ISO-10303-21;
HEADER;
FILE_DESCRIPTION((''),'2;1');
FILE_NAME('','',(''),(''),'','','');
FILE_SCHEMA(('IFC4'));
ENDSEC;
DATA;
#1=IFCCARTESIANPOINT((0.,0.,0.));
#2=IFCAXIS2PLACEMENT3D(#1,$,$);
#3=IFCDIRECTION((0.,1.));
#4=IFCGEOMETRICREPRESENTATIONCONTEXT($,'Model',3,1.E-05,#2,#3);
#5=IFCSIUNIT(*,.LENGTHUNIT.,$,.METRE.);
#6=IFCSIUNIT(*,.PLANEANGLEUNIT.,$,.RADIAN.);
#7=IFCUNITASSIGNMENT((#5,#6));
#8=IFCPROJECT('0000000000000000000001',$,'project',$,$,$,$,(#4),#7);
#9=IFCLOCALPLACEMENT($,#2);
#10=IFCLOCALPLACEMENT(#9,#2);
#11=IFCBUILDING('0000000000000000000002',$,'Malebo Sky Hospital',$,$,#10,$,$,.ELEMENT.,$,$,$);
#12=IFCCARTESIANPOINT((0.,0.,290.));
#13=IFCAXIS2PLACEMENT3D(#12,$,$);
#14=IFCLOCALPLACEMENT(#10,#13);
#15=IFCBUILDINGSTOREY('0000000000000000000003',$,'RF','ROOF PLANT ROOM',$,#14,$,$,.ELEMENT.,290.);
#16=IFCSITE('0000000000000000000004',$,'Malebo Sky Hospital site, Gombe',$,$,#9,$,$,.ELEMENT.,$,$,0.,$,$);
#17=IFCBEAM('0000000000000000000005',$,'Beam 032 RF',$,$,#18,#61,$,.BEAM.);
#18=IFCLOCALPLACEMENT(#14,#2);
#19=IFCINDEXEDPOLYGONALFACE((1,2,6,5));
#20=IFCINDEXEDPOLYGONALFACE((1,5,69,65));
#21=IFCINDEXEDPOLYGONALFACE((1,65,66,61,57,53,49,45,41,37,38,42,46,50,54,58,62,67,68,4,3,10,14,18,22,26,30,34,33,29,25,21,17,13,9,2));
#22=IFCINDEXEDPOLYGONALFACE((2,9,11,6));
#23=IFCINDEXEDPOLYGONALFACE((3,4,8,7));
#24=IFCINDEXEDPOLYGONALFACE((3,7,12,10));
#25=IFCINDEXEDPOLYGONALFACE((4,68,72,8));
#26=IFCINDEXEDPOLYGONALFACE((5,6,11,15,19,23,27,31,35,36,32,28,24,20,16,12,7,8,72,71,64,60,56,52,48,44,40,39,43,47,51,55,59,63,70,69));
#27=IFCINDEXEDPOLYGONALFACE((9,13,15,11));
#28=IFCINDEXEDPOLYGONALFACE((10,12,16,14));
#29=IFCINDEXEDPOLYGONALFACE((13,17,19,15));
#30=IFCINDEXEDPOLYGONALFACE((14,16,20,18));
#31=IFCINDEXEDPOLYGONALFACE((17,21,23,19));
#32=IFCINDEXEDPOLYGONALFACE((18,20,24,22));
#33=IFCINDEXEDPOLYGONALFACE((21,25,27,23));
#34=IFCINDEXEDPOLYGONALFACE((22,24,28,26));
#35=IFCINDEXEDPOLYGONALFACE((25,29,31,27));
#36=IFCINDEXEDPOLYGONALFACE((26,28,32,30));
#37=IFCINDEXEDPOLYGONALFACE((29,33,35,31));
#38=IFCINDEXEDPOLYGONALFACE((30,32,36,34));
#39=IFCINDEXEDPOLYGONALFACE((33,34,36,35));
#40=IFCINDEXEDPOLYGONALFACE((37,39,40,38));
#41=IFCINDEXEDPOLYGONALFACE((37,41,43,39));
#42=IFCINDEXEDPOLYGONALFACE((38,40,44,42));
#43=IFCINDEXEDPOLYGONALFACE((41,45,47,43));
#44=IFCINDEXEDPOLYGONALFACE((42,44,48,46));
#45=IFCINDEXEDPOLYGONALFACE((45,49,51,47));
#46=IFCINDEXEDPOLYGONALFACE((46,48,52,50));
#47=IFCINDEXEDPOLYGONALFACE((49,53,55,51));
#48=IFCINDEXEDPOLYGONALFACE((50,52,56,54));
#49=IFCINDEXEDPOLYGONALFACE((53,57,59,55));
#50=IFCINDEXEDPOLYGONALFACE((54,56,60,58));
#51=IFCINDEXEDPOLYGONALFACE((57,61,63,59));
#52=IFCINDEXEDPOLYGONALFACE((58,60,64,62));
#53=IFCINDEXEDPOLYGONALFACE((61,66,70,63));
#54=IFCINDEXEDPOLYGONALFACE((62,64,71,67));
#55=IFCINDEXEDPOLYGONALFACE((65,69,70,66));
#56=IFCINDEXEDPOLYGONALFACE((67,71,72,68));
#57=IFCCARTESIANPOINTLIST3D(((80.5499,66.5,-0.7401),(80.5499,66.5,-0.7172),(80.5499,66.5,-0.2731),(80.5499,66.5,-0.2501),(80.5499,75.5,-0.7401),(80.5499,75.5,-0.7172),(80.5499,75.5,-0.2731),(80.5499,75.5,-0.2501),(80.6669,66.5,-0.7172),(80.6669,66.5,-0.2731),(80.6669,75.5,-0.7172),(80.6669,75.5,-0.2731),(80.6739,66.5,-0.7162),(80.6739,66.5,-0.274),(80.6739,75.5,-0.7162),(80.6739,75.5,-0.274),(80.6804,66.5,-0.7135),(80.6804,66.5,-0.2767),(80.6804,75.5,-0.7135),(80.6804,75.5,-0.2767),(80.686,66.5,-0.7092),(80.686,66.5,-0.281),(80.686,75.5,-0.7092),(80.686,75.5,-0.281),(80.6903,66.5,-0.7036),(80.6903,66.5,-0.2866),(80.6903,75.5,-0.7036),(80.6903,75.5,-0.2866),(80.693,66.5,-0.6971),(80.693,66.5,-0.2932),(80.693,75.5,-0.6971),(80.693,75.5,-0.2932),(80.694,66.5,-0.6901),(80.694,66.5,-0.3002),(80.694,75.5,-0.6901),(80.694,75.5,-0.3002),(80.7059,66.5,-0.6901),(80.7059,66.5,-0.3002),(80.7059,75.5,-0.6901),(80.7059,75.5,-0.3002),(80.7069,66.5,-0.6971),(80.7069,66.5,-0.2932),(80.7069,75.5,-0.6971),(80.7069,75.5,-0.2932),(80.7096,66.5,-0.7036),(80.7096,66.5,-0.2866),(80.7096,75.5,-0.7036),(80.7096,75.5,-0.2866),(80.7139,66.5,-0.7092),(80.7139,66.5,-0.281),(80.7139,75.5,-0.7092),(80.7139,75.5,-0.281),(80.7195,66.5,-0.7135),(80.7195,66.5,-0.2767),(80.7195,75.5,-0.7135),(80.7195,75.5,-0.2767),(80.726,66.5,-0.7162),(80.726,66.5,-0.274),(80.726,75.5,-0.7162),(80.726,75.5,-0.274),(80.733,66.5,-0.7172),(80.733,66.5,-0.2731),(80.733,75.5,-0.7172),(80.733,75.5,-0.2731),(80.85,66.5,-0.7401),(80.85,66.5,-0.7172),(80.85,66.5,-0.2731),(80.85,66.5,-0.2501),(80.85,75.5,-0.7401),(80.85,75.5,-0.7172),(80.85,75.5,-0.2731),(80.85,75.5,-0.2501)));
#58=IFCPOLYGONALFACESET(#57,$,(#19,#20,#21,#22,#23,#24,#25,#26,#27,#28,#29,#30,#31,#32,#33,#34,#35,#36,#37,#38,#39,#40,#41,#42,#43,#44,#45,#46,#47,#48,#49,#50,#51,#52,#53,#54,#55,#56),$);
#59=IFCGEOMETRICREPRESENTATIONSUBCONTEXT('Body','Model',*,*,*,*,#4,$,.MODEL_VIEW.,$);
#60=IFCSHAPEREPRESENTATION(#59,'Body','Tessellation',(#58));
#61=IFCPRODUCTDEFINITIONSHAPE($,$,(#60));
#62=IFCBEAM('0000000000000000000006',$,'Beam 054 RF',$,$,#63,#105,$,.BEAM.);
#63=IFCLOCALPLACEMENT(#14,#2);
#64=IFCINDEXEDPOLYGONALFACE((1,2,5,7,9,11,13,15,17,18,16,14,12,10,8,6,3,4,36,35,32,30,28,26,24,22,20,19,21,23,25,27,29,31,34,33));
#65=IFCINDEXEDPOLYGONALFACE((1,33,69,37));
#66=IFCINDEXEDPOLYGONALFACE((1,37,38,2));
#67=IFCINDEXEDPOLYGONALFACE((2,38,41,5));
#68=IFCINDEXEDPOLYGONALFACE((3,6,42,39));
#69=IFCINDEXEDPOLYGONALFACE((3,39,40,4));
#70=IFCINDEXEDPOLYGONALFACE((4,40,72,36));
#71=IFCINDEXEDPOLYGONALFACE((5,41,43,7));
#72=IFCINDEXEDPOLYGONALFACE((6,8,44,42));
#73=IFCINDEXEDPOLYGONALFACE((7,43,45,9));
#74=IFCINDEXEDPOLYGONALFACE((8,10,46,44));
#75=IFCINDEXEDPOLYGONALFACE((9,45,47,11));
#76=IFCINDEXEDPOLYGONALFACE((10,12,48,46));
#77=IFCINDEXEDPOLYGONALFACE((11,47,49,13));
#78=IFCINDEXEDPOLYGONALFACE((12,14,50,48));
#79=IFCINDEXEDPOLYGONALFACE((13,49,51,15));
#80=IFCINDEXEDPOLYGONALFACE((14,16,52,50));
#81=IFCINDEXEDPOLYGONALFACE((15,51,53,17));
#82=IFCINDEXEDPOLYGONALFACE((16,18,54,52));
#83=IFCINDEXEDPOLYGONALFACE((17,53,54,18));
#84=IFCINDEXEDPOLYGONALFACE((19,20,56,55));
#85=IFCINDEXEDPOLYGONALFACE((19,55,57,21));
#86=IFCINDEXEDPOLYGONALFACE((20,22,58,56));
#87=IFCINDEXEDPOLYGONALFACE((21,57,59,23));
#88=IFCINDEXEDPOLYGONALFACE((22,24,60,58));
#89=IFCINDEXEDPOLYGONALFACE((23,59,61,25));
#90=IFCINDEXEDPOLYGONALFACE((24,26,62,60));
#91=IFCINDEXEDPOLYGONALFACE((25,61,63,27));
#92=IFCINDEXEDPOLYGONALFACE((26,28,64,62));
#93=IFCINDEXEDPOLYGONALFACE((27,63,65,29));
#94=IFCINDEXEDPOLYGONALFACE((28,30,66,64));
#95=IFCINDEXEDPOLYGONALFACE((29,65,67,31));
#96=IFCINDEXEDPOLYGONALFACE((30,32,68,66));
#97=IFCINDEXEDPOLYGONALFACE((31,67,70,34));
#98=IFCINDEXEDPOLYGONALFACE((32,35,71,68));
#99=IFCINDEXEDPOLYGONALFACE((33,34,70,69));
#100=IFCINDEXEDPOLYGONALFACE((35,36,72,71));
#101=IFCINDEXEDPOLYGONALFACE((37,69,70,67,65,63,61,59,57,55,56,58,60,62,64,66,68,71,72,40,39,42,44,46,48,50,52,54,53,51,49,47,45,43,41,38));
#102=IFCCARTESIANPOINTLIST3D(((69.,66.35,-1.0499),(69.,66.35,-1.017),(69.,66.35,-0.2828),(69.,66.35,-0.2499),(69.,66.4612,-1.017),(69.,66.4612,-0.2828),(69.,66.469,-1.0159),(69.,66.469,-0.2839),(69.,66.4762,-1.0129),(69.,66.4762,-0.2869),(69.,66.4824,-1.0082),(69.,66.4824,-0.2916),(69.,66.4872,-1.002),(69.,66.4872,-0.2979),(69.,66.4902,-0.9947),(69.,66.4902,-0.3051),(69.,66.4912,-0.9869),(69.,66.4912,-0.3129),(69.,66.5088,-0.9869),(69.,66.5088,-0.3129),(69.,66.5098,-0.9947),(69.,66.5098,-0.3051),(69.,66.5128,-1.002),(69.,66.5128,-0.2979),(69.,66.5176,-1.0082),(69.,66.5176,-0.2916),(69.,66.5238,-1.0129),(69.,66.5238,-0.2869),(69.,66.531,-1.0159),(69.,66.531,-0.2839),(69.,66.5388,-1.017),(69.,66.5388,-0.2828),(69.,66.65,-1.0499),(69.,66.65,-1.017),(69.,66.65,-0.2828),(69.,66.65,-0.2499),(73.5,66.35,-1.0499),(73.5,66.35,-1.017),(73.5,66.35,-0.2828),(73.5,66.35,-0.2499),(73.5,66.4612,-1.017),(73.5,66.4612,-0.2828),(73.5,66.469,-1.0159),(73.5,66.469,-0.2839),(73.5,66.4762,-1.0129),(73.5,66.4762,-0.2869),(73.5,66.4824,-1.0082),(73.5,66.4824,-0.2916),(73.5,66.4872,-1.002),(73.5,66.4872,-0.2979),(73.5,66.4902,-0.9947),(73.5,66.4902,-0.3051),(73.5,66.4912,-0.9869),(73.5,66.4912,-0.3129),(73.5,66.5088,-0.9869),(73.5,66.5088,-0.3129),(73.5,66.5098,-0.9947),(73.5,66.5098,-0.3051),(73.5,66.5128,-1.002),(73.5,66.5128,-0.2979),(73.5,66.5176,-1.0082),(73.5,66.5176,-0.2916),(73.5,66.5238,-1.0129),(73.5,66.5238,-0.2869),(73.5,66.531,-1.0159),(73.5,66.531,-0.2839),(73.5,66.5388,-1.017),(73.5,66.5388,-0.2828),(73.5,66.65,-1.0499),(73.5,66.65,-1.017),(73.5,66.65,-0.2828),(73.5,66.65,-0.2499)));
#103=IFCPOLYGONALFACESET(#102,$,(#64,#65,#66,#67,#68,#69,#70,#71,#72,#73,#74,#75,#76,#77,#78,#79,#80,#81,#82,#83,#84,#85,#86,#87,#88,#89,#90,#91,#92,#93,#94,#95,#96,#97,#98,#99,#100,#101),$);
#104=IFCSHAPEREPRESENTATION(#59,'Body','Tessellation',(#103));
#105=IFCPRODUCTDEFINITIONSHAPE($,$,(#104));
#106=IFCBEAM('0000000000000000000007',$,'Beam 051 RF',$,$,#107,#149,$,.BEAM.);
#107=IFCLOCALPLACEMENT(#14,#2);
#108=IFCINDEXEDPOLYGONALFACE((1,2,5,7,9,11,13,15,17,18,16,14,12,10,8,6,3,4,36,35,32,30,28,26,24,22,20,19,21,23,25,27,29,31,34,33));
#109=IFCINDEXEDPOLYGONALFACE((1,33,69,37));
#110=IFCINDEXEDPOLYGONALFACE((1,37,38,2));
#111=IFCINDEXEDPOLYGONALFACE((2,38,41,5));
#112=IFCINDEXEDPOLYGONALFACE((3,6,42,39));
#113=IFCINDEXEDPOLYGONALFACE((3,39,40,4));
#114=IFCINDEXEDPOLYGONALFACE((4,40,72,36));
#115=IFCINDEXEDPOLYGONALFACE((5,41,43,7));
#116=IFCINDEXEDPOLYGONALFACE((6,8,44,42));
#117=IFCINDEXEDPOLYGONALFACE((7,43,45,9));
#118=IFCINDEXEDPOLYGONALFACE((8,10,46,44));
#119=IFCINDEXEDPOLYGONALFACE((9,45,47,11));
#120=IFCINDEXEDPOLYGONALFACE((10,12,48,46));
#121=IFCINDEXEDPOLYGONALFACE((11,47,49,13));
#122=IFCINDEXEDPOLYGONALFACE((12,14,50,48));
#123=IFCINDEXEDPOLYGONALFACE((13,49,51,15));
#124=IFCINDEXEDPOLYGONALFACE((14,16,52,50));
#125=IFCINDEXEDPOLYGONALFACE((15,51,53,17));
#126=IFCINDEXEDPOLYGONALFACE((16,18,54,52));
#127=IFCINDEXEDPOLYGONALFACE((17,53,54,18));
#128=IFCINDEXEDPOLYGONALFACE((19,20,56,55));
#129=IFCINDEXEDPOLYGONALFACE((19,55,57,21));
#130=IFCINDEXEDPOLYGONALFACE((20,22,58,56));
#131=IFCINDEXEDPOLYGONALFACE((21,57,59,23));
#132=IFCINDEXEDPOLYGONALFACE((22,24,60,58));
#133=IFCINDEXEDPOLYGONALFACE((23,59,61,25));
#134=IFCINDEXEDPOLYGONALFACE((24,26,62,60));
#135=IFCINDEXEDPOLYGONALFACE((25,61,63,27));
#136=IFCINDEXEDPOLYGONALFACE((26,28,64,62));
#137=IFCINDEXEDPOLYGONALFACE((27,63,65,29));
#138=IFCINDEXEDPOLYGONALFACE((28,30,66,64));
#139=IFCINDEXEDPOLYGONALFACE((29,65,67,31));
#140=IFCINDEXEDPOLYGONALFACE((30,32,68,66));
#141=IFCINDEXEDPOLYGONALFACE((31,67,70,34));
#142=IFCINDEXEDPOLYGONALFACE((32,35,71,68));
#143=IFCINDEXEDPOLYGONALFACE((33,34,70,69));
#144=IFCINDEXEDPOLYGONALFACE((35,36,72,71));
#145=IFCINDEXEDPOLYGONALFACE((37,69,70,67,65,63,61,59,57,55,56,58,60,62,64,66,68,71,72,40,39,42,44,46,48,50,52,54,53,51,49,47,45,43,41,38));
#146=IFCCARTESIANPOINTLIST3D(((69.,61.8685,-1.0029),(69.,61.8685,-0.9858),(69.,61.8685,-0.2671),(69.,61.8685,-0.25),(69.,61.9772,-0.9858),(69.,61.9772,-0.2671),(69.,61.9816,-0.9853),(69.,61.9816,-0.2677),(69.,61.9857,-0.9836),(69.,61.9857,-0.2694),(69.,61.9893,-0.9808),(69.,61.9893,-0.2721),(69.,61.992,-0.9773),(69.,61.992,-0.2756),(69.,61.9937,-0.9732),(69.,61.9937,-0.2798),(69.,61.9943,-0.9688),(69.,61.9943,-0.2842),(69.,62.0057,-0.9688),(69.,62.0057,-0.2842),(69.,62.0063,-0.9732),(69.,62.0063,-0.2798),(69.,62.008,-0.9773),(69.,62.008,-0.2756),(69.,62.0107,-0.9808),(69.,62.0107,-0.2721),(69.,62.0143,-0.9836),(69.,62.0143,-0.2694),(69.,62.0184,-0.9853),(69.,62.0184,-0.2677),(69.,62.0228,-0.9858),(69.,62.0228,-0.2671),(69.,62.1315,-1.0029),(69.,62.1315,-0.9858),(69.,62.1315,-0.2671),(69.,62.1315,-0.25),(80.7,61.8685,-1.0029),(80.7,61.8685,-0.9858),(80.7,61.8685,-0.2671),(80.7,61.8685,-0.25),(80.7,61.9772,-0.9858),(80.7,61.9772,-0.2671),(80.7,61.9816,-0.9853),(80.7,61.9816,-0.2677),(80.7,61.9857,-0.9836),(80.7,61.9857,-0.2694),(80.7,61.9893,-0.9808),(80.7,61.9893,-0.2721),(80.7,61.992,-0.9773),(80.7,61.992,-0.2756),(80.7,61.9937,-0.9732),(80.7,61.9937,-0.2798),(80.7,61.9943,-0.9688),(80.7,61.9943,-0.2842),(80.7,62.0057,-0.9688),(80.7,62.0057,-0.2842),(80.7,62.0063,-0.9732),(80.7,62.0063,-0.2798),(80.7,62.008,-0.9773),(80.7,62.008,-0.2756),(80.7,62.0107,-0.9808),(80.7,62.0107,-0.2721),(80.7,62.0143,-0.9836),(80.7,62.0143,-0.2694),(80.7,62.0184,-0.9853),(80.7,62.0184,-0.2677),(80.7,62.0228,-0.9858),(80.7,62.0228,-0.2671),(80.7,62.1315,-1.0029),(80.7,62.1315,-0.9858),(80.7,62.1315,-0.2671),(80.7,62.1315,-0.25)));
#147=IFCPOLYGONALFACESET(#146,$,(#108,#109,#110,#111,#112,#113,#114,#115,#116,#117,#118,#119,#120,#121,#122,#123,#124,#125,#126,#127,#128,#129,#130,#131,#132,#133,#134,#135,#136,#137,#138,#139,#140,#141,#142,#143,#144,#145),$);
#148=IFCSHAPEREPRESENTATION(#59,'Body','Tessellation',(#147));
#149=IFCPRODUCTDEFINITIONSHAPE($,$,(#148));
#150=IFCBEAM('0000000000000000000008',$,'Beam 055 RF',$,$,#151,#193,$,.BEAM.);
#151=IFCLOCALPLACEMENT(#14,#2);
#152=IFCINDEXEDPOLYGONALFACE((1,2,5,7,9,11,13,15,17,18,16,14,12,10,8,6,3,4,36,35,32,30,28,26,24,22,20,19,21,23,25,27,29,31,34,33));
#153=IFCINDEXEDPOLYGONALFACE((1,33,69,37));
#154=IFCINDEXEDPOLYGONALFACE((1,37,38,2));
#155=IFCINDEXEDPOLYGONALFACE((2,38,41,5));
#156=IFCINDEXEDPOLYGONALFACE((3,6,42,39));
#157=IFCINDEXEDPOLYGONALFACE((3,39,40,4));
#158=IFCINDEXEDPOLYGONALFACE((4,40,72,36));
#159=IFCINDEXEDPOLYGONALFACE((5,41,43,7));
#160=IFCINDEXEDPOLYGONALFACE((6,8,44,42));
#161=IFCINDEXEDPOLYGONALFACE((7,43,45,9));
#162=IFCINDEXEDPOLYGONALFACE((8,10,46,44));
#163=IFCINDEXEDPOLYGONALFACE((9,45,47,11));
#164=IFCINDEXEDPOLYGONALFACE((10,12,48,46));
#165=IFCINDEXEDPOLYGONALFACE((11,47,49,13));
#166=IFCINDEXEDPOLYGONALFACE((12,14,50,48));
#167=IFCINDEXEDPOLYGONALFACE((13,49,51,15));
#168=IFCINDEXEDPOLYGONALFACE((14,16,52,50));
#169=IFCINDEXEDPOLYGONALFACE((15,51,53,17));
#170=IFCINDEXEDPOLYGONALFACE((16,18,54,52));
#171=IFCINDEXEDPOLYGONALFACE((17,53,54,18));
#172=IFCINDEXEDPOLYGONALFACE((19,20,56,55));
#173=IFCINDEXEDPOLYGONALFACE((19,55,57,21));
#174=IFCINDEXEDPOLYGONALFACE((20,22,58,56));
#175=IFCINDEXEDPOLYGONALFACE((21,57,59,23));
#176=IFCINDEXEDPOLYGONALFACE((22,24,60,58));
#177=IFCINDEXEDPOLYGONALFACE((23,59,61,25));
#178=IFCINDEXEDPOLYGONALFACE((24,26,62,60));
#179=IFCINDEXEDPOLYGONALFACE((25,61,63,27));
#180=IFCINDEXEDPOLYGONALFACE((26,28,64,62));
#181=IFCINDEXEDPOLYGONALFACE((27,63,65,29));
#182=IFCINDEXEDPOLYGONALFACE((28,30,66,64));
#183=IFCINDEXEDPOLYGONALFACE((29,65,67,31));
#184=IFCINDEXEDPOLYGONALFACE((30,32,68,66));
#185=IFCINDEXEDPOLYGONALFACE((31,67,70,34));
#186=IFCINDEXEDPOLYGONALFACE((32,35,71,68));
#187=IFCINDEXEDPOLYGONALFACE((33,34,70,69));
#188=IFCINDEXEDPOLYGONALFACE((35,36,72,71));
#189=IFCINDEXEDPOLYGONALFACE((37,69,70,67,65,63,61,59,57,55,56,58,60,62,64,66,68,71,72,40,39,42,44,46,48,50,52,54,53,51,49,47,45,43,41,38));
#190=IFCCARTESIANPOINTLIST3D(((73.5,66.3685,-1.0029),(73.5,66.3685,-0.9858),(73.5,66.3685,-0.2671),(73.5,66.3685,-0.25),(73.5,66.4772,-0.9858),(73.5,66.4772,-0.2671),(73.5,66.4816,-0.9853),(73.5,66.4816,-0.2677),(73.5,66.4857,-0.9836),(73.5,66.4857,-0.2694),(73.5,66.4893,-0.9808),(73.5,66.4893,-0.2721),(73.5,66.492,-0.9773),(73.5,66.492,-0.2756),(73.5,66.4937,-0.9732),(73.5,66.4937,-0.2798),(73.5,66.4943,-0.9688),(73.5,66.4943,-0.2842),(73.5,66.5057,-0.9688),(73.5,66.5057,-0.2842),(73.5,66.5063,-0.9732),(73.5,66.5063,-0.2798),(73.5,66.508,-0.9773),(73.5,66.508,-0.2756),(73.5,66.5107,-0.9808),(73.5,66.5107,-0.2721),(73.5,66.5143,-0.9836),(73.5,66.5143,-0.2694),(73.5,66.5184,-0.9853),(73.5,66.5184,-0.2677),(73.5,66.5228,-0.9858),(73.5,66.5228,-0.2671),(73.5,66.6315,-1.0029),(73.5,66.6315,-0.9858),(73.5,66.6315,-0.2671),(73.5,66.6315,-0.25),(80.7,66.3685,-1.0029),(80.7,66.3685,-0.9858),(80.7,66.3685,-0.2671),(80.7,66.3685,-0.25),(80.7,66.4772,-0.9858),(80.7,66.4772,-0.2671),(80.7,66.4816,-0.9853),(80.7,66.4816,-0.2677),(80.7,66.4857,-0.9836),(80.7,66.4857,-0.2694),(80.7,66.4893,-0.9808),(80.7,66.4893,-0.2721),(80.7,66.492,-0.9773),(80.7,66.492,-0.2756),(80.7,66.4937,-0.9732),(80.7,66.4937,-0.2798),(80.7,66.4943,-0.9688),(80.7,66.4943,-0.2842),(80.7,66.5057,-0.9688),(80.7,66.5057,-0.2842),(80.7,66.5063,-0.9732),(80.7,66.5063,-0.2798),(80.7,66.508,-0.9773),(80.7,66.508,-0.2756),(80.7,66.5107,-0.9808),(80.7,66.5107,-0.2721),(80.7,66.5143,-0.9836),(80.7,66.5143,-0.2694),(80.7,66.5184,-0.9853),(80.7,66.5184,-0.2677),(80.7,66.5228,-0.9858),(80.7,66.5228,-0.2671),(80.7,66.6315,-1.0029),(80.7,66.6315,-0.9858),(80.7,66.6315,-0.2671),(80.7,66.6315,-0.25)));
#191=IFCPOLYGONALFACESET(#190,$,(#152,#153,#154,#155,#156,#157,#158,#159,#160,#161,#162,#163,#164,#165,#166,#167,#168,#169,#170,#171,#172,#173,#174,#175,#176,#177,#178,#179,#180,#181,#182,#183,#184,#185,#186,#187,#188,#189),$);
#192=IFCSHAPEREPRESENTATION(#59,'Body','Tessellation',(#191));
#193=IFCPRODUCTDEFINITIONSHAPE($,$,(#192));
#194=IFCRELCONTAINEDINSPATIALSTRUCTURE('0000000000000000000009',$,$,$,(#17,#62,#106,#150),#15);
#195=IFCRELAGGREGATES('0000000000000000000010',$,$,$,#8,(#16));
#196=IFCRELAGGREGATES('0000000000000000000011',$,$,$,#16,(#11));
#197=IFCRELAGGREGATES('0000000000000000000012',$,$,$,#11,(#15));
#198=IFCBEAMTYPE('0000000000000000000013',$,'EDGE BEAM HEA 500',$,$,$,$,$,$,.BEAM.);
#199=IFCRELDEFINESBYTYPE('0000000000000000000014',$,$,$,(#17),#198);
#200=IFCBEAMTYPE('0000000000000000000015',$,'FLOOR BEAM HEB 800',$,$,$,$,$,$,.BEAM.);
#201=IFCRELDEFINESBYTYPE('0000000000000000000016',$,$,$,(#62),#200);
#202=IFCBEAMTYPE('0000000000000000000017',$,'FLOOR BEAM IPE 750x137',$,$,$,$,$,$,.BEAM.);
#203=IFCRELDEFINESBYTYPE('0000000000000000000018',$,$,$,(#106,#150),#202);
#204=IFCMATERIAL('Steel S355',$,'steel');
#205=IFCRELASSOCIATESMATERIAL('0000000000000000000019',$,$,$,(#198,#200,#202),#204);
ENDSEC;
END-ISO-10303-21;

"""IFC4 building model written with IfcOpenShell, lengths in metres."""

from ifc_helpers import new_model, si_unit, direction, frame, origin, origin_2d, place, context, subcontext, project, spatial, i_section, extrude, material, material_profile, profile_set, type_object, element, save


model = new_model("IFC4")

# Units and contexts
model_context = context("Model", 3, precision=1e-05, world=origin(), true_north=direction((0.0, 1.0)))
body_context = subcontext(model_context, "Body", "Model", "MODEL_VIEW")
ifc_project = project(units=[si_unit("LENGTHUNIT", "METRE"), si_unit("PLANEANGLEUNIT", "RADIAN")], contexts=[model_context])

# Site, building, storey
site_placement = place(None, origin())
site = spatial("IfcSite", under=ifc_project, at=site_placement, Name="Malebo Sky Hospital site, Gombe", CompositionType="ELEMENT", RefElevation=0.0)
building_placement = place(site_placement, origin())
building = spatial("IfcBuilding", under=site, at=building_placement, Name="Malebo Sky Hospital", CompositionType="ELEMENT")
storey_placement = place(building_placement, frame((0.0, 0.0, 290.0)))
storey = spatial("IfcBuildingStorey", under=building, at=storey_placement, Name="RF", Description="ROOF PLANT ROOM", CompositionType="ELEMENT", Elevation=290.0)

# Shared definitions
ifc_material_1 = material(Name="Steel S355", Category="steel")

# Beams
ifc_material_profile_1 = material_profile(ifc_material_1, i_section(OverallWidth=0.3, OverallDepth=0.49, WebThickness=0.012, FlangeThickness=0.0229, FilletRadius=0.0271, at=origin_2d()), Name="HEA 500")
ifc_profile_set_1 = profile_set([ifc_material_profile_1], Name="Steel S355")
beam_type_1 = type_object("IfcBeamType", Name="EDGE BEAM HEA 500", PredefinedType="BEAM", material=ifc_profile_set_1)
beam_1_placement = place(storey_placement, frame((80.7, 66.5, -0.4951), z_axis=(0.0, 1.0, 0.0), x_axis=(-1.0, 0.0, 0.0)))
element("IfcBeam", 1, at=beam_1_placement, inside=storey, type_object=beam_type_1, Name="Beam 032 RF", PredefinedType="BEAM", context=body_context, shape_type="SweptSolid", body=[
    extrude(i_section(OverallWidth=0.3, OverallDepth=0.49, WebThickness=0.012, FlangeThickness=0.0229, FilletRadius=0.0271, at=origin_2d()), origin(), (0.0, 0.0, 1.0), 9.0),
])
ifc_material_profile_2 = material_profile(ifc_material_1, i_section(OverallWidth=0.3, OverallDepth=0.8, WebThickness=0.0176, FlangeThickness=0.033, FilletRadius=0.03, at=origin_2d()), Name="HEB 800")
ifc_profile_set_2 = profile_set([ifc_material_profile_2], Name="Steel S355")
beam_type_2 = type_object("IfcBeamType", Name="FLOOR BEAM HEB 800", PredefinedType="BEAM", material=ifc_profile_set_2)
beam_2_placement = place(storey_placement, frame((69.0, 66.5, -0.6499), z_axis=(1.0, 0.0, 0.0), x_axis=(0.0, 1.0, 0.0)))
element("IfcBeam", 2, at=beam_2_placement, inside=storey, type_object=beam_type_2, Name="Beam 054 RF", PredefinedType="BEAM", context=body_context, shape_type="SweptSolid", body=[
    extrude(i_section(OverallWidth=0.3, OverallDepth=0.8, WebThickness=0.0176, FlangeThickness=0.033, FilletRadius=0.03, at=origin_2d()), origin(), (0.0, 0.0, 1.0), 4.5),
])
ifc_material_profile_3 = material_profile(ifc_material_1, i_section(OverallWidth=0.2629, OverallDepth=0.7529, WebThickness=0.0115, FlangeThickness=0.0171, FilletRadius=0.0171, at=origin_2d()), Name="IPE 750x137")
ifc_profile_set_3 = profile_set([ifc_material_profile_3], Name="Steel S355")
beam_type_3 = type_object("IfcBeamType", Name="FLOOR BEAM IPE 750x137", PredefinedType="BEAM", material=ifc_profile_set_3)
beam_3_placement = place(storey_placement, frame((69.0, 62.0, -0.6265), z_axis=(1.0, 0.0, 0.0), x_axis=(0.0, 1.0, 0.0)))
element("IfcBeam", 3, at=beam_3_placement, inside=storey, type_object=beam_type_3, Name="Beam 051 RF", PredefinedType="BEAM", context=body_context, shape_type="SweptSolid", body=[
    extrude(i_section(OverallWidth=0.2629, OverallDepth=0.7529, WebThickness=0.0115, FlangeThickness=0.0171, FilletRadius=0.0171, at=origin_2d()), origin(), (0.0, 0.0, 1.0), 11.7),
])
beam_4_placement = place(storey_placement, frame((73.5, 66.5, -0.6265), z_axis=(1.0, 0.0, 0.0), x_axis=(0.0, 1.0, 0.0)))
element("IfcBeam", 4, at=beam_4_placement, inside=storey, type_object=beam_type_3, Name="Beam 055 RF", PredefinedType="BEAM", context=body_context, shape_type="SweptSolid", body=[
    extrude(i_section(OverallWidth=0.2629, OverallDepth=0.7529, WebThickness=0.0115, FlangeThickness=0.0171, FilletRadius=0.0171, at=origin_2d()), origin(), (0.0, 0.0, 1.0), 7.2),
])

save(model, "model.ifc")
